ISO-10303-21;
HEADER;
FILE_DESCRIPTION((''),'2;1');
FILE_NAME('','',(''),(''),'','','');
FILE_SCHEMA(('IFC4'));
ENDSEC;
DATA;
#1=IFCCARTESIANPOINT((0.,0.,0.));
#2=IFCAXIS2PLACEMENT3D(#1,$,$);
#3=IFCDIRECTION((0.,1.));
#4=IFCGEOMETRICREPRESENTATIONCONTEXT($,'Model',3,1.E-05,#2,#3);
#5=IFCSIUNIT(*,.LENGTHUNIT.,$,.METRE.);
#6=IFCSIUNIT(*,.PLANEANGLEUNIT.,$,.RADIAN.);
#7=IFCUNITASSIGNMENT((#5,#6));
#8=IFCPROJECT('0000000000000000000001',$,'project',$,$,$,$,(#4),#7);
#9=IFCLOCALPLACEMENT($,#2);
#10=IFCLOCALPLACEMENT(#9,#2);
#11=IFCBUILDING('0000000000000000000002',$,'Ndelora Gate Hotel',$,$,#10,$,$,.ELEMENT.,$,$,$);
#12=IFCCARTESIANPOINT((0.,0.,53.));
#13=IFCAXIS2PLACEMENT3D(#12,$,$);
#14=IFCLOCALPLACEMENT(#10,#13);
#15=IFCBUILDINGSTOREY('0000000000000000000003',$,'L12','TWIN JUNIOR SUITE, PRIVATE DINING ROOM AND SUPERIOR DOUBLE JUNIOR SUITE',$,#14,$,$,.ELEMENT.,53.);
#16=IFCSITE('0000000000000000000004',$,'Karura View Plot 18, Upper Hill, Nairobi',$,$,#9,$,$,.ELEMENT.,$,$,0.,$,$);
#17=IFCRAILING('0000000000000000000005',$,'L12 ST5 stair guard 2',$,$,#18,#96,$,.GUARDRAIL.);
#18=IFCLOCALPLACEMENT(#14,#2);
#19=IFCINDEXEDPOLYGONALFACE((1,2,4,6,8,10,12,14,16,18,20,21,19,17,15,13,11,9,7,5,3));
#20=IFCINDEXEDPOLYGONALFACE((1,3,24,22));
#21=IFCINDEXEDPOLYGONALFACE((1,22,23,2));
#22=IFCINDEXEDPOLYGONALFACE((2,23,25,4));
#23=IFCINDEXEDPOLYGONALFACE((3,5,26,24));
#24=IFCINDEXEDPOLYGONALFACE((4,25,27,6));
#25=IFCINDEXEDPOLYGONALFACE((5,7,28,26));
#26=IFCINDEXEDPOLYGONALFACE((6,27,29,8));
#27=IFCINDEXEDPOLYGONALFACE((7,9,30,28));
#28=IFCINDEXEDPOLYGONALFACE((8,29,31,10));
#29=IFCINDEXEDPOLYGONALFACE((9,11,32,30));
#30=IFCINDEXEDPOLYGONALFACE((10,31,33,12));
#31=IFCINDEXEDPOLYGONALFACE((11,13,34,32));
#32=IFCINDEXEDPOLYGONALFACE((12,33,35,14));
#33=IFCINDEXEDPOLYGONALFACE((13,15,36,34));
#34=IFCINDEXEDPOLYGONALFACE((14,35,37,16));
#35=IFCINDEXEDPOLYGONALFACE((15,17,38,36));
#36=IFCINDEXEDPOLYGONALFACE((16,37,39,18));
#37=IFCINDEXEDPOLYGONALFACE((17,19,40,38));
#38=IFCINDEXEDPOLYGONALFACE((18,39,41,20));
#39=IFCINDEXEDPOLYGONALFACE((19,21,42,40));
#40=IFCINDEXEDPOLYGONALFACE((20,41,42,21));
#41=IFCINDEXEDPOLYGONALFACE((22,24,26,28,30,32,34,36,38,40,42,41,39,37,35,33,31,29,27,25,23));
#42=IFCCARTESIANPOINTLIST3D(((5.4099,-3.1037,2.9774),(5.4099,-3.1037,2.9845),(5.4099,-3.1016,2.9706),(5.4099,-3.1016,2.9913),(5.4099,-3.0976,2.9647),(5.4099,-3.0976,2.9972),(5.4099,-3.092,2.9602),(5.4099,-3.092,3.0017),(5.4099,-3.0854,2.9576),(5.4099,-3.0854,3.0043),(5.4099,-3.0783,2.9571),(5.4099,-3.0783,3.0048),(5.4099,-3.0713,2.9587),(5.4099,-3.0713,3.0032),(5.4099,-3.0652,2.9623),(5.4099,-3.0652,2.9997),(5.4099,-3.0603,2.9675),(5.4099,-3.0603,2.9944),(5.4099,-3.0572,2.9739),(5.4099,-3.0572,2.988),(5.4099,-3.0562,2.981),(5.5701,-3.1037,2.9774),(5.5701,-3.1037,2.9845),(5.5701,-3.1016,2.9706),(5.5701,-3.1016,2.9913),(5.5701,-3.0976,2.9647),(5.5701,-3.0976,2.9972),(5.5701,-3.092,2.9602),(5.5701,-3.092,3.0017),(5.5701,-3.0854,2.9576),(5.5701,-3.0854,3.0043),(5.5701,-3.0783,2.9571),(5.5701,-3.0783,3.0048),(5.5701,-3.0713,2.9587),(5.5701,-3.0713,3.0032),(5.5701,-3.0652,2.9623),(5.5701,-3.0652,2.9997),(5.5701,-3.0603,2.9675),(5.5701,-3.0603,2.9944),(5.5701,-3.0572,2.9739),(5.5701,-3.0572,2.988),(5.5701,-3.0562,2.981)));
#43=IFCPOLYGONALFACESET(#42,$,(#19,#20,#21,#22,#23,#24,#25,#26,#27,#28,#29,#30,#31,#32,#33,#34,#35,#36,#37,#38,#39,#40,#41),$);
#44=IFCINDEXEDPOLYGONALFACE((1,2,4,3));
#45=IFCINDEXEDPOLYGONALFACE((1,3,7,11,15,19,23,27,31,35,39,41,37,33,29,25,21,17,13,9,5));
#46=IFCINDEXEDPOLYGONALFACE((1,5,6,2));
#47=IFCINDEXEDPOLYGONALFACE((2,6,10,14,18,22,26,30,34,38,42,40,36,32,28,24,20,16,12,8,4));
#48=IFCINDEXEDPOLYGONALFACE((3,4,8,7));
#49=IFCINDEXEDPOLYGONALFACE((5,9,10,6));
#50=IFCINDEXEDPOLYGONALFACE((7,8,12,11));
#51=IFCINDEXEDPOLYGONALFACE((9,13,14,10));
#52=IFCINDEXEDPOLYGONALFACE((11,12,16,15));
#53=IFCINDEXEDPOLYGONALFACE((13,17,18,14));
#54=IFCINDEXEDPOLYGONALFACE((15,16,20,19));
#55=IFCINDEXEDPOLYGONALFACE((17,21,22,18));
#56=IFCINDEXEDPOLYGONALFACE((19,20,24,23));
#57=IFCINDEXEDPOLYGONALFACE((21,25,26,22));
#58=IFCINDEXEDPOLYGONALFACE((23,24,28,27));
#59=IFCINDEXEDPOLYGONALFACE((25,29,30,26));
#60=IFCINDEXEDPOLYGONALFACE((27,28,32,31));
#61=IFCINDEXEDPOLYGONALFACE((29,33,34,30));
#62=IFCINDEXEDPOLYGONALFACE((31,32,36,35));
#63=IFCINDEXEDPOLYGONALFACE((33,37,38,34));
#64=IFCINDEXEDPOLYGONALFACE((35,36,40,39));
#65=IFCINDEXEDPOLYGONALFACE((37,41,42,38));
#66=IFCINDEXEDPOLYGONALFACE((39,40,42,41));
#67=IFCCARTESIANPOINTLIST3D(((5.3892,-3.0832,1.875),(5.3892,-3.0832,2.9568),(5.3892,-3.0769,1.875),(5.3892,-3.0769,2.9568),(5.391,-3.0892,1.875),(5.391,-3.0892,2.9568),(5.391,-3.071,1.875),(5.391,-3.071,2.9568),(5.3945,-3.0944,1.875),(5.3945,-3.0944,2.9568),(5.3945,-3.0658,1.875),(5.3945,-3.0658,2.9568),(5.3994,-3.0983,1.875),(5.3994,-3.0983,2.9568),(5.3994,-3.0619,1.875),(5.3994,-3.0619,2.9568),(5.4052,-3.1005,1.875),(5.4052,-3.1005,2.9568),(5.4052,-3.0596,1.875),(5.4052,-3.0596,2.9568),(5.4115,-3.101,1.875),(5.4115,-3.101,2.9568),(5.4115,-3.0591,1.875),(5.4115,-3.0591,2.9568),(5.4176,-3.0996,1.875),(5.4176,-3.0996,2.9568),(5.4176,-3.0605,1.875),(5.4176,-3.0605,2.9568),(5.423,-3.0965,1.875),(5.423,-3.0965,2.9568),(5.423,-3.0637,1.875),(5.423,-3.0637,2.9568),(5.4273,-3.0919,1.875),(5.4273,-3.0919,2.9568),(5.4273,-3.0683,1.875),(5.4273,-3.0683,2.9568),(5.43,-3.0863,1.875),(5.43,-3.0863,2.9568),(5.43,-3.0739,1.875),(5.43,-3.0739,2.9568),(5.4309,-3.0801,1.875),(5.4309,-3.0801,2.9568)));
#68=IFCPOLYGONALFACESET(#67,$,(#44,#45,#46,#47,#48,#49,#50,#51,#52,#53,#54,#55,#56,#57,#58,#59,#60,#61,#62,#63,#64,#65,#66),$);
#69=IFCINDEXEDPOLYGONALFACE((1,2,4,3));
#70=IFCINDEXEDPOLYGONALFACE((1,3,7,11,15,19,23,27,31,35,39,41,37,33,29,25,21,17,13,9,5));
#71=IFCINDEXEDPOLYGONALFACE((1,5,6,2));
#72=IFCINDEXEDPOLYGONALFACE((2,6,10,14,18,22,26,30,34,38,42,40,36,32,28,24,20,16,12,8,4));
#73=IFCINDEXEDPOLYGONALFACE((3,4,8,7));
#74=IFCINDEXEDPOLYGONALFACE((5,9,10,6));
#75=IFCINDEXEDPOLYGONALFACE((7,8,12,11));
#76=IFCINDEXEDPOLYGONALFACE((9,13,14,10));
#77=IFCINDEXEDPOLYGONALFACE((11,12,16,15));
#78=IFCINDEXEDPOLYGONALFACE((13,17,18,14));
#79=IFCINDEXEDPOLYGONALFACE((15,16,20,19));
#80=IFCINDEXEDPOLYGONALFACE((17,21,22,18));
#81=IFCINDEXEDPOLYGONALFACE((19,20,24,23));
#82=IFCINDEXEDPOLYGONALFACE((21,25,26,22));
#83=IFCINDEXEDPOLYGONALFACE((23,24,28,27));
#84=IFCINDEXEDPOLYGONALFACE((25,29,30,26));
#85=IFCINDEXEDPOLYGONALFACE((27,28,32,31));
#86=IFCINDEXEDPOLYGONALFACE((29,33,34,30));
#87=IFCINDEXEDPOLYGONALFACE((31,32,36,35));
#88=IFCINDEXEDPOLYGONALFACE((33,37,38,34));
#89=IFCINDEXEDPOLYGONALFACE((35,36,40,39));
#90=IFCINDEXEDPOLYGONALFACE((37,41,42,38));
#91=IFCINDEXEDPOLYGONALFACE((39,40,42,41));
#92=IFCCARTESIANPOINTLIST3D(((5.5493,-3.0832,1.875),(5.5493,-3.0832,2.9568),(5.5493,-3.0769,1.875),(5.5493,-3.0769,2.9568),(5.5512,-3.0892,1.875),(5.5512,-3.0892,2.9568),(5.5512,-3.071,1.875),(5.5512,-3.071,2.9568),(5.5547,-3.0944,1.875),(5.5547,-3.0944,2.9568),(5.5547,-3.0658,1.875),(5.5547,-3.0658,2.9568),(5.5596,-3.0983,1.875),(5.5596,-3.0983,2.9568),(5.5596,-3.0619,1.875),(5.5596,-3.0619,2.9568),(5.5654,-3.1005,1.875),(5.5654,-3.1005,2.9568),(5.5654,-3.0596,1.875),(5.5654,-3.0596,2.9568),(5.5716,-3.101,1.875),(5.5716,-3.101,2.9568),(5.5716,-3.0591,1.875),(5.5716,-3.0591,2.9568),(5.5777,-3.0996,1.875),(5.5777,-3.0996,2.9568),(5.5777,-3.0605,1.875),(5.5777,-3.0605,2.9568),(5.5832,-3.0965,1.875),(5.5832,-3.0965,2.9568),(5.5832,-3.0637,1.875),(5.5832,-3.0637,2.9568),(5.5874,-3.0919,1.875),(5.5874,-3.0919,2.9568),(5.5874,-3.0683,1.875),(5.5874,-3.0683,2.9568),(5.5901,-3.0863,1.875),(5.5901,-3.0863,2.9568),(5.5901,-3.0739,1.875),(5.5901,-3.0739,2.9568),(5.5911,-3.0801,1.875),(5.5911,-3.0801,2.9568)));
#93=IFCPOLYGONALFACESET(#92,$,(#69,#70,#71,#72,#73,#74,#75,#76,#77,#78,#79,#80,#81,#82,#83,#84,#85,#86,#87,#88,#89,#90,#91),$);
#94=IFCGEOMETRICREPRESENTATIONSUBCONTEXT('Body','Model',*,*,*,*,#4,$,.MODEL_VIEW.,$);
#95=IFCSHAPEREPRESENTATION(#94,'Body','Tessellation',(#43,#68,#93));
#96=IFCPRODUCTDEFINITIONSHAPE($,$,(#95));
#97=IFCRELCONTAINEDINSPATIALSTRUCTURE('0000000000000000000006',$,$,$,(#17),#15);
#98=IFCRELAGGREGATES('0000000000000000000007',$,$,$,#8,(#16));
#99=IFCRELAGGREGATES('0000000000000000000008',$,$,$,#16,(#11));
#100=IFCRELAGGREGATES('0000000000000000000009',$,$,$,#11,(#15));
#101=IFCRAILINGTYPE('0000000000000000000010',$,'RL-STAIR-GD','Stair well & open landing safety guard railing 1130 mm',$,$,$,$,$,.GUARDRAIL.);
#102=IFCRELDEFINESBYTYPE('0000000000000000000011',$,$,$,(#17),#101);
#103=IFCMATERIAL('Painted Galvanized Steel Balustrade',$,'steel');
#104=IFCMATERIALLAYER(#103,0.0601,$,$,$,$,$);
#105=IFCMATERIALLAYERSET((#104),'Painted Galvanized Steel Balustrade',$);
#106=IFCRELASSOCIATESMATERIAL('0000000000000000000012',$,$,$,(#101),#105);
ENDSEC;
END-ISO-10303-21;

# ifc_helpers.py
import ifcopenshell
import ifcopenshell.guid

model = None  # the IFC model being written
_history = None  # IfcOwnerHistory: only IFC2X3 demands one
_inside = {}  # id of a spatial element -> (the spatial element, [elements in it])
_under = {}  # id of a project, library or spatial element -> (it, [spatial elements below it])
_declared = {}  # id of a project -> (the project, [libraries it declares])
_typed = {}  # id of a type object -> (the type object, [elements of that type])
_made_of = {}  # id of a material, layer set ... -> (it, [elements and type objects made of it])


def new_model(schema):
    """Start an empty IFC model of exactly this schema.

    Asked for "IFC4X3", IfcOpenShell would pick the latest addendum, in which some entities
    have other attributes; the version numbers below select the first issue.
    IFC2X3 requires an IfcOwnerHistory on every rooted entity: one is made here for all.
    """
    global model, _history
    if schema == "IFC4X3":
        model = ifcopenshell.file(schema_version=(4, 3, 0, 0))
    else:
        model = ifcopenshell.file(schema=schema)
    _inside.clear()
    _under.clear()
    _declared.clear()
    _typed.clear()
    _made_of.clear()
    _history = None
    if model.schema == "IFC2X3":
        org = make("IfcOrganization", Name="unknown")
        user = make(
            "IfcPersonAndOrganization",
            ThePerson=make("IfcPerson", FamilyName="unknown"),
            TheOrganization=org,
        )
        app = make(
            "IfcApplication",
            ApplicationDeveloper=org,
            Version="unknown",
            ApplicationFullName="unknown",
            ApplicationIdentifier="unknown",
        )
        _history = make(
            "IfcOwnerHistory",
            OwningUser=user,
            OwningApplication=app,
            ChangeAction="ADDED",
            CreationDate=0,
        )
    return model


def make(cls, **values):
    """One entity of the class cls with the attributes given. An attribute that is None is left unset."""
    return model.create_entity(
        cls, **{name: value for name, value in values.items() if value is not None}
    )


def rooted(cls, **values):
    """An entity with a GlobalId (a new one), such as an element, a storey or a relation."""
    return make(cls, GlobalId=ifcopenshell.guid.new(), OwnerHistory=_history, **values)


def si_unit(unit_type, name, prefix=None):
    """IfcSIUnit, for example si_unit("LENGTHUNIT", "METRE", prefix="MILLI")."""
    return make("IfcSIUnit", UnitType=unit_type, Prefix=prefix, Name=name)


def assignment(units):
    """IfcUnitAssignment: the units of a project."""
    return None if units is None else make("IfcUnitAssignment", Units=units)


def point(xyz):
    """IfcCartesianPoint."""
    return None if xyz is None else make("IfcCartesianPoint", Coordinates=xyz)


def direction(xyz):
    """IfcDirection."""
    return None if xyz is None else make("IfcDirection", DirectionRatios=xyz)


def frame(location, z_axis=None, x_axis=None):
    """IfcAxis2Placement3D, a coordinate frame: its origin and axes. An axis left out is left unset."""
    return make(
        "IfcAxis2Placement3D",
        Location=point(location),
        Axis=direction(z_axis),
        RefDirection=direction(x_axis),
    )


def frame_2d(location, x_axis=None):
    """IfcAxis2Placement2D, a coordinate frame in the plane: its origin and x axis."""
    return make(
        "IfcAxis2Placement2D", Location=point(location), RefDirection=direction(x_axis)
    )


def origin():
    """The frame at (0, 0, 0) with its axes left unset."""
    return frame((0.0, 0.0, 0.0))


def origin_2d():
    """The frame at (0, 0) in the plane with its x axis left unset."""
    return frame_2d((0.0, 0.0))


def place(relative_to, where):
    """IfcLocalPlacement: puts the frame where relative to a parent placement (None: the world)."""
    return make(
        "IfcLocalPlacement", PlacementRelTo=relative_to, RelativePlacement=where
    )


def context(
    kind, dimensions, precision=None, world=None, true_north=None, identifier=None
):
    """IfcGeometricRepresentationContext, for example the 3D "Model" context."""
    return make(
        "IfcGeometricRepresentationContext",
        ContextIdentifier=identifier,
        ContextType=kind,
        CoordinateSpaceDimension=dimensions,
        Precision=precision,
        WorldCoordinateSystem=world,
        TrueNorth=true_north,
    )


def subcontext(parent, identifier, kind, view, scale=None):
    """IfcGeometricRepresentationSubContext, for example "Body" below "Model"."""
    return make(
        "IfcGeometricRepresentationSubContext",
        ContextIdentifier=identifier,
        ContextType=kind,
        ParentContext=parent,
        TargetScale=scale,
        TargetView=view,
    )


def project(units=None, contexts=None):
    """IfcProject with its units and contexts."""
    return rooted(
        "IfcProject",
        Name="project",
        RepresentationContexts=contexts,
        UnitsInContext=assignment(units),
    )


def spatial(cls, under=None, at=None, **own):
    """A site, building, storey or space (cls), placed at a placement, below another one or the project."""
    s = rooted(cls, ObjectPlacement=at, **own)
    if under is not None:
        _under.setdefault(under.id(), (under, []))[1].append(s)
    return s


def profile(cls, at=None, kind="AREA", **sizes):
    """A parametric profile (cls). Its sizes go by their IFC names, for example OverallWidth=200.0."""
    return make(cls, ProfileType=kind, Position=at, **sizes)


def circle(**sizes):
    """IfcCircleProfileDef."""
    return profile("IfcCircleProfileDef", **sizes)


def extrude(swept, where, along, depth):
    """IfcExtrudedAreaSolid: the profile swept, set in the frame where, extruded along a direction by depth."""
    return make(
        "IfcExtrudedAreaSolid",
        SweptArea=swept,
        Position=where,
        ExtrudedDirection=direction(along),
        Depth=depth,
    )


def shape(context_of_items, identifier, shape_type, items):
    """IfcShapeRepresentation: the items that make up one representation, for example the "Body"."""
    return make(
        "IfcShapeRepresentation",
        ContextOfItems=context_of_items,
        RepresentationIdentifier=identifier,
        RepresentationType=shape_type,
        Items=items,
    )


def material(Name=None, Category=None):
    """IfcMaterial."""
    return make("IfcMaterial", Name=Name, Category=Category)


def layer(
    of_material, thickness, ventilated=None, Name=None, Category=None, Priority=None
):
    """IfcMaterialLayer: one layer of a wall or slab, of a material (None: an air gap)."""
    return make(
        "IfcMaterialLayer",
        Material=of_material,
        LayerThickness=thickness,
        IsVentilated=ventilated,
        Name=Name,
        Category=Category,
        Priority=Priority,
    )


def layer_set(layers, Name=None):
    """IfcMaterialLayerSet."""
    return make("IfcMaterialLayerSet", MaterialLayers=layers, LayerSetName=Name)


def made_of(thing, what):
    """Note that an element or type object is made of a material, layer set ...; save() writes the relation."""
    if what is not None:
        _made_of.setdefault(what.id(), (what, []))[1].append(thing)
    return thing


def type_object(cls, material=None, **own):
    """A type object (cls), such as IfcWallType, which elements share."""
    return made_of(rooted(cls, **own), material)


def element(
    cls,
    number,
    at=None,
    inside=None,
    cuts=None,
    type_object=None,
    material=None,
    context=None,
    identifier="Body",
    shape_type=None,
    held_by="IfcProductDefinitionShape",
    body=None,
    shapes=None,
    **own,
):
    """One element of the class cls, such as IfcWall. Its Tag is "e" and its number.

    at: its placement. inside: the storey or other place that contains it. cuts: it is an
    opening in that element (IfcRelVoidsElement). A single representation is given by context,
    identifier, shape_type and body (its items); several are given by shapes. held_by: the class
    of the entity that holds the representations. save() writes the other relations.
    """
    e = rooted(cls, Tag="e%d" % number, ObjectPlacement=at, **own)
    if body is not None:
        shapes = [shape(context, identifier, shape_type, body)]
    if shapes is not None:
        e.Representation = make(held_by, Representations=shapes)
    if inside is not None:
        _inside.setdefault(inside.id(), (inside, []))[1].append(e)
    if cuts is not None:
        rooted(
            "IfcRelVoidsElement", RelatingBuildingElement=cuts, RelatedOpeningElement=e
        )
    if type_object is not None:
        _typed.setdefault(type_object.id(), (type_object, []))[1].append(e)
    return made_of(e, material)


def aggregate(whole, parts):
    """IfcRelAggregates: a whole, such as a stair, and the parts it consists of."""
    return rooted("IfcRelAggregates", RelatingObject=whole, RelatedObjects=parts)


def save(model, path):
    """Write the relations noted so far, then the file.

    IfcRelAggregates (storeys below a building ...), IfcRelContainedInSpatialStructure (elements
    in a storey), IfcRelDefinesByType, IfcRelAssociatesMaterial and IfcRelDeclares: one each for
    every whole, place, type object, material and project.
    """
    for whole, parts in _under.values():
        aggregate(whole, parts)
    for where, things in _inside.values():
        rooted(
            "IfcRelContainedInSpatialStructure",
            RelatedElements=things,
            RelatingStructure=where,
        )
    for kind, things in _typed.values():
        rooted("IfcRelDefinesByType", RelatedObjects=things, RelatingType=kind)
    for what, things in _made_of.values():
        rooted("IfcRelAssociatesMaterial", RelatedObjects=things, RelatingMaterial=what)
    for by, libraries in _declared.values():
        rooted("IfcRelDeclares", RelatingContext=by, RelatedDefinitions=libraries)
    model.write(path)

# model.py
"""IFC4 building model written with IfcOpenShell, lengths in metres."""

from ifc_helpers import new_model, si_unit, direction, frame, origin, origin_2d, place, context, subcontext, project, spatial, circle, extrude, material, layer, layer_set, type_object, element, save


model = new_model("IFC4")

# Units and contexts
model_context = context("Model", 3, precision=1e-05, world=origin(), true_north=direction((0.0, 1.0)))
body_context = subcontext(model_context, "Body", "Model", "MODEL_VIEW")
ifc_project = project(units=[si_unit("LENGTHUNIT", "METRE"), si_unit("PLANEANGLEUNIT", "RADIAN")], contexts=[model_context])

# Site, building, storey
site_placement = place(None, origin())
site = spatial("IfcSite", under=ifc_project, at=site_placement, Name="Karura View Plot 18, Upper Hill, Nairobi", CompositionType="ELEMENT", RefElevation=0.0)
building_placement = place(site_placement, origin())
building = spatial("IfcBuilding", under=site, at=building_placement, Name="Ndelora Gate Hotel", CompositionType="ELEMENT")
storey_placement = place(building_placement, frame((0.0, 0.0, 53.0)))
storey = spatial("IfcBuildingStorey", under=building, at=storey_placement, Name="L12", Description="TWIN JUNIOR SUITE, PRIVATE DINING ROOM AND SUPERIOR DOUBLE JUNIOR SUITE", CompositionType="ELEMENT", Elevation=53.0)

# Railing
ifc_material_1 = material(Name="Painted Galvanized Steel Balustrade", Category="steel")
ifc_layer_1 = layer(ifc_material_1, 0.0601)
ifc_layer_set_1 = layer_set([ifc_layer_1], Name="Painted Galvanized Steel Balustrade")
railing_type_1 = type_object("IfcRailingType", Name="RL-STAIR-GD", Description="Stair well & open landing safety guard railing 1130 mm", PredefinedType="GUARDRAIL", material=ifc_layer_set_1)
railing_1_placement = place(storey_placement, frame((5.4099, -3.0801, 1.875)))
element("IfcRailing", 1, at=railing_1_placement, inside=storey, type_object=railing_type_1, Name="L12 ST5 stair guard 2", PredefinedType="GUARDRAIL", context=body_context, shape_type="SweptSolid", body=[
    extrude(circle(Radius=0.0239, at=origin_2d()), frame((0.0, 0.0, 1.106), z_axis=(1.0, 0.0, 0.0), x_axis=(0.0, 1.0, 0.0)), (0.0, 0.0, 1.0), 0.1602),
    extrude(circle(Radius=0.021, at=origin_2d()), origin(), (0.0, 0.0, 1.0), 1.0818),
    extrude(circle(Radius=0.021, at=origin_2d()), frame((0.1602, 0.0, 0.0)), (0.0, 0.0, 1.0), 1.0818),
])

save(model, "model.ifc")
